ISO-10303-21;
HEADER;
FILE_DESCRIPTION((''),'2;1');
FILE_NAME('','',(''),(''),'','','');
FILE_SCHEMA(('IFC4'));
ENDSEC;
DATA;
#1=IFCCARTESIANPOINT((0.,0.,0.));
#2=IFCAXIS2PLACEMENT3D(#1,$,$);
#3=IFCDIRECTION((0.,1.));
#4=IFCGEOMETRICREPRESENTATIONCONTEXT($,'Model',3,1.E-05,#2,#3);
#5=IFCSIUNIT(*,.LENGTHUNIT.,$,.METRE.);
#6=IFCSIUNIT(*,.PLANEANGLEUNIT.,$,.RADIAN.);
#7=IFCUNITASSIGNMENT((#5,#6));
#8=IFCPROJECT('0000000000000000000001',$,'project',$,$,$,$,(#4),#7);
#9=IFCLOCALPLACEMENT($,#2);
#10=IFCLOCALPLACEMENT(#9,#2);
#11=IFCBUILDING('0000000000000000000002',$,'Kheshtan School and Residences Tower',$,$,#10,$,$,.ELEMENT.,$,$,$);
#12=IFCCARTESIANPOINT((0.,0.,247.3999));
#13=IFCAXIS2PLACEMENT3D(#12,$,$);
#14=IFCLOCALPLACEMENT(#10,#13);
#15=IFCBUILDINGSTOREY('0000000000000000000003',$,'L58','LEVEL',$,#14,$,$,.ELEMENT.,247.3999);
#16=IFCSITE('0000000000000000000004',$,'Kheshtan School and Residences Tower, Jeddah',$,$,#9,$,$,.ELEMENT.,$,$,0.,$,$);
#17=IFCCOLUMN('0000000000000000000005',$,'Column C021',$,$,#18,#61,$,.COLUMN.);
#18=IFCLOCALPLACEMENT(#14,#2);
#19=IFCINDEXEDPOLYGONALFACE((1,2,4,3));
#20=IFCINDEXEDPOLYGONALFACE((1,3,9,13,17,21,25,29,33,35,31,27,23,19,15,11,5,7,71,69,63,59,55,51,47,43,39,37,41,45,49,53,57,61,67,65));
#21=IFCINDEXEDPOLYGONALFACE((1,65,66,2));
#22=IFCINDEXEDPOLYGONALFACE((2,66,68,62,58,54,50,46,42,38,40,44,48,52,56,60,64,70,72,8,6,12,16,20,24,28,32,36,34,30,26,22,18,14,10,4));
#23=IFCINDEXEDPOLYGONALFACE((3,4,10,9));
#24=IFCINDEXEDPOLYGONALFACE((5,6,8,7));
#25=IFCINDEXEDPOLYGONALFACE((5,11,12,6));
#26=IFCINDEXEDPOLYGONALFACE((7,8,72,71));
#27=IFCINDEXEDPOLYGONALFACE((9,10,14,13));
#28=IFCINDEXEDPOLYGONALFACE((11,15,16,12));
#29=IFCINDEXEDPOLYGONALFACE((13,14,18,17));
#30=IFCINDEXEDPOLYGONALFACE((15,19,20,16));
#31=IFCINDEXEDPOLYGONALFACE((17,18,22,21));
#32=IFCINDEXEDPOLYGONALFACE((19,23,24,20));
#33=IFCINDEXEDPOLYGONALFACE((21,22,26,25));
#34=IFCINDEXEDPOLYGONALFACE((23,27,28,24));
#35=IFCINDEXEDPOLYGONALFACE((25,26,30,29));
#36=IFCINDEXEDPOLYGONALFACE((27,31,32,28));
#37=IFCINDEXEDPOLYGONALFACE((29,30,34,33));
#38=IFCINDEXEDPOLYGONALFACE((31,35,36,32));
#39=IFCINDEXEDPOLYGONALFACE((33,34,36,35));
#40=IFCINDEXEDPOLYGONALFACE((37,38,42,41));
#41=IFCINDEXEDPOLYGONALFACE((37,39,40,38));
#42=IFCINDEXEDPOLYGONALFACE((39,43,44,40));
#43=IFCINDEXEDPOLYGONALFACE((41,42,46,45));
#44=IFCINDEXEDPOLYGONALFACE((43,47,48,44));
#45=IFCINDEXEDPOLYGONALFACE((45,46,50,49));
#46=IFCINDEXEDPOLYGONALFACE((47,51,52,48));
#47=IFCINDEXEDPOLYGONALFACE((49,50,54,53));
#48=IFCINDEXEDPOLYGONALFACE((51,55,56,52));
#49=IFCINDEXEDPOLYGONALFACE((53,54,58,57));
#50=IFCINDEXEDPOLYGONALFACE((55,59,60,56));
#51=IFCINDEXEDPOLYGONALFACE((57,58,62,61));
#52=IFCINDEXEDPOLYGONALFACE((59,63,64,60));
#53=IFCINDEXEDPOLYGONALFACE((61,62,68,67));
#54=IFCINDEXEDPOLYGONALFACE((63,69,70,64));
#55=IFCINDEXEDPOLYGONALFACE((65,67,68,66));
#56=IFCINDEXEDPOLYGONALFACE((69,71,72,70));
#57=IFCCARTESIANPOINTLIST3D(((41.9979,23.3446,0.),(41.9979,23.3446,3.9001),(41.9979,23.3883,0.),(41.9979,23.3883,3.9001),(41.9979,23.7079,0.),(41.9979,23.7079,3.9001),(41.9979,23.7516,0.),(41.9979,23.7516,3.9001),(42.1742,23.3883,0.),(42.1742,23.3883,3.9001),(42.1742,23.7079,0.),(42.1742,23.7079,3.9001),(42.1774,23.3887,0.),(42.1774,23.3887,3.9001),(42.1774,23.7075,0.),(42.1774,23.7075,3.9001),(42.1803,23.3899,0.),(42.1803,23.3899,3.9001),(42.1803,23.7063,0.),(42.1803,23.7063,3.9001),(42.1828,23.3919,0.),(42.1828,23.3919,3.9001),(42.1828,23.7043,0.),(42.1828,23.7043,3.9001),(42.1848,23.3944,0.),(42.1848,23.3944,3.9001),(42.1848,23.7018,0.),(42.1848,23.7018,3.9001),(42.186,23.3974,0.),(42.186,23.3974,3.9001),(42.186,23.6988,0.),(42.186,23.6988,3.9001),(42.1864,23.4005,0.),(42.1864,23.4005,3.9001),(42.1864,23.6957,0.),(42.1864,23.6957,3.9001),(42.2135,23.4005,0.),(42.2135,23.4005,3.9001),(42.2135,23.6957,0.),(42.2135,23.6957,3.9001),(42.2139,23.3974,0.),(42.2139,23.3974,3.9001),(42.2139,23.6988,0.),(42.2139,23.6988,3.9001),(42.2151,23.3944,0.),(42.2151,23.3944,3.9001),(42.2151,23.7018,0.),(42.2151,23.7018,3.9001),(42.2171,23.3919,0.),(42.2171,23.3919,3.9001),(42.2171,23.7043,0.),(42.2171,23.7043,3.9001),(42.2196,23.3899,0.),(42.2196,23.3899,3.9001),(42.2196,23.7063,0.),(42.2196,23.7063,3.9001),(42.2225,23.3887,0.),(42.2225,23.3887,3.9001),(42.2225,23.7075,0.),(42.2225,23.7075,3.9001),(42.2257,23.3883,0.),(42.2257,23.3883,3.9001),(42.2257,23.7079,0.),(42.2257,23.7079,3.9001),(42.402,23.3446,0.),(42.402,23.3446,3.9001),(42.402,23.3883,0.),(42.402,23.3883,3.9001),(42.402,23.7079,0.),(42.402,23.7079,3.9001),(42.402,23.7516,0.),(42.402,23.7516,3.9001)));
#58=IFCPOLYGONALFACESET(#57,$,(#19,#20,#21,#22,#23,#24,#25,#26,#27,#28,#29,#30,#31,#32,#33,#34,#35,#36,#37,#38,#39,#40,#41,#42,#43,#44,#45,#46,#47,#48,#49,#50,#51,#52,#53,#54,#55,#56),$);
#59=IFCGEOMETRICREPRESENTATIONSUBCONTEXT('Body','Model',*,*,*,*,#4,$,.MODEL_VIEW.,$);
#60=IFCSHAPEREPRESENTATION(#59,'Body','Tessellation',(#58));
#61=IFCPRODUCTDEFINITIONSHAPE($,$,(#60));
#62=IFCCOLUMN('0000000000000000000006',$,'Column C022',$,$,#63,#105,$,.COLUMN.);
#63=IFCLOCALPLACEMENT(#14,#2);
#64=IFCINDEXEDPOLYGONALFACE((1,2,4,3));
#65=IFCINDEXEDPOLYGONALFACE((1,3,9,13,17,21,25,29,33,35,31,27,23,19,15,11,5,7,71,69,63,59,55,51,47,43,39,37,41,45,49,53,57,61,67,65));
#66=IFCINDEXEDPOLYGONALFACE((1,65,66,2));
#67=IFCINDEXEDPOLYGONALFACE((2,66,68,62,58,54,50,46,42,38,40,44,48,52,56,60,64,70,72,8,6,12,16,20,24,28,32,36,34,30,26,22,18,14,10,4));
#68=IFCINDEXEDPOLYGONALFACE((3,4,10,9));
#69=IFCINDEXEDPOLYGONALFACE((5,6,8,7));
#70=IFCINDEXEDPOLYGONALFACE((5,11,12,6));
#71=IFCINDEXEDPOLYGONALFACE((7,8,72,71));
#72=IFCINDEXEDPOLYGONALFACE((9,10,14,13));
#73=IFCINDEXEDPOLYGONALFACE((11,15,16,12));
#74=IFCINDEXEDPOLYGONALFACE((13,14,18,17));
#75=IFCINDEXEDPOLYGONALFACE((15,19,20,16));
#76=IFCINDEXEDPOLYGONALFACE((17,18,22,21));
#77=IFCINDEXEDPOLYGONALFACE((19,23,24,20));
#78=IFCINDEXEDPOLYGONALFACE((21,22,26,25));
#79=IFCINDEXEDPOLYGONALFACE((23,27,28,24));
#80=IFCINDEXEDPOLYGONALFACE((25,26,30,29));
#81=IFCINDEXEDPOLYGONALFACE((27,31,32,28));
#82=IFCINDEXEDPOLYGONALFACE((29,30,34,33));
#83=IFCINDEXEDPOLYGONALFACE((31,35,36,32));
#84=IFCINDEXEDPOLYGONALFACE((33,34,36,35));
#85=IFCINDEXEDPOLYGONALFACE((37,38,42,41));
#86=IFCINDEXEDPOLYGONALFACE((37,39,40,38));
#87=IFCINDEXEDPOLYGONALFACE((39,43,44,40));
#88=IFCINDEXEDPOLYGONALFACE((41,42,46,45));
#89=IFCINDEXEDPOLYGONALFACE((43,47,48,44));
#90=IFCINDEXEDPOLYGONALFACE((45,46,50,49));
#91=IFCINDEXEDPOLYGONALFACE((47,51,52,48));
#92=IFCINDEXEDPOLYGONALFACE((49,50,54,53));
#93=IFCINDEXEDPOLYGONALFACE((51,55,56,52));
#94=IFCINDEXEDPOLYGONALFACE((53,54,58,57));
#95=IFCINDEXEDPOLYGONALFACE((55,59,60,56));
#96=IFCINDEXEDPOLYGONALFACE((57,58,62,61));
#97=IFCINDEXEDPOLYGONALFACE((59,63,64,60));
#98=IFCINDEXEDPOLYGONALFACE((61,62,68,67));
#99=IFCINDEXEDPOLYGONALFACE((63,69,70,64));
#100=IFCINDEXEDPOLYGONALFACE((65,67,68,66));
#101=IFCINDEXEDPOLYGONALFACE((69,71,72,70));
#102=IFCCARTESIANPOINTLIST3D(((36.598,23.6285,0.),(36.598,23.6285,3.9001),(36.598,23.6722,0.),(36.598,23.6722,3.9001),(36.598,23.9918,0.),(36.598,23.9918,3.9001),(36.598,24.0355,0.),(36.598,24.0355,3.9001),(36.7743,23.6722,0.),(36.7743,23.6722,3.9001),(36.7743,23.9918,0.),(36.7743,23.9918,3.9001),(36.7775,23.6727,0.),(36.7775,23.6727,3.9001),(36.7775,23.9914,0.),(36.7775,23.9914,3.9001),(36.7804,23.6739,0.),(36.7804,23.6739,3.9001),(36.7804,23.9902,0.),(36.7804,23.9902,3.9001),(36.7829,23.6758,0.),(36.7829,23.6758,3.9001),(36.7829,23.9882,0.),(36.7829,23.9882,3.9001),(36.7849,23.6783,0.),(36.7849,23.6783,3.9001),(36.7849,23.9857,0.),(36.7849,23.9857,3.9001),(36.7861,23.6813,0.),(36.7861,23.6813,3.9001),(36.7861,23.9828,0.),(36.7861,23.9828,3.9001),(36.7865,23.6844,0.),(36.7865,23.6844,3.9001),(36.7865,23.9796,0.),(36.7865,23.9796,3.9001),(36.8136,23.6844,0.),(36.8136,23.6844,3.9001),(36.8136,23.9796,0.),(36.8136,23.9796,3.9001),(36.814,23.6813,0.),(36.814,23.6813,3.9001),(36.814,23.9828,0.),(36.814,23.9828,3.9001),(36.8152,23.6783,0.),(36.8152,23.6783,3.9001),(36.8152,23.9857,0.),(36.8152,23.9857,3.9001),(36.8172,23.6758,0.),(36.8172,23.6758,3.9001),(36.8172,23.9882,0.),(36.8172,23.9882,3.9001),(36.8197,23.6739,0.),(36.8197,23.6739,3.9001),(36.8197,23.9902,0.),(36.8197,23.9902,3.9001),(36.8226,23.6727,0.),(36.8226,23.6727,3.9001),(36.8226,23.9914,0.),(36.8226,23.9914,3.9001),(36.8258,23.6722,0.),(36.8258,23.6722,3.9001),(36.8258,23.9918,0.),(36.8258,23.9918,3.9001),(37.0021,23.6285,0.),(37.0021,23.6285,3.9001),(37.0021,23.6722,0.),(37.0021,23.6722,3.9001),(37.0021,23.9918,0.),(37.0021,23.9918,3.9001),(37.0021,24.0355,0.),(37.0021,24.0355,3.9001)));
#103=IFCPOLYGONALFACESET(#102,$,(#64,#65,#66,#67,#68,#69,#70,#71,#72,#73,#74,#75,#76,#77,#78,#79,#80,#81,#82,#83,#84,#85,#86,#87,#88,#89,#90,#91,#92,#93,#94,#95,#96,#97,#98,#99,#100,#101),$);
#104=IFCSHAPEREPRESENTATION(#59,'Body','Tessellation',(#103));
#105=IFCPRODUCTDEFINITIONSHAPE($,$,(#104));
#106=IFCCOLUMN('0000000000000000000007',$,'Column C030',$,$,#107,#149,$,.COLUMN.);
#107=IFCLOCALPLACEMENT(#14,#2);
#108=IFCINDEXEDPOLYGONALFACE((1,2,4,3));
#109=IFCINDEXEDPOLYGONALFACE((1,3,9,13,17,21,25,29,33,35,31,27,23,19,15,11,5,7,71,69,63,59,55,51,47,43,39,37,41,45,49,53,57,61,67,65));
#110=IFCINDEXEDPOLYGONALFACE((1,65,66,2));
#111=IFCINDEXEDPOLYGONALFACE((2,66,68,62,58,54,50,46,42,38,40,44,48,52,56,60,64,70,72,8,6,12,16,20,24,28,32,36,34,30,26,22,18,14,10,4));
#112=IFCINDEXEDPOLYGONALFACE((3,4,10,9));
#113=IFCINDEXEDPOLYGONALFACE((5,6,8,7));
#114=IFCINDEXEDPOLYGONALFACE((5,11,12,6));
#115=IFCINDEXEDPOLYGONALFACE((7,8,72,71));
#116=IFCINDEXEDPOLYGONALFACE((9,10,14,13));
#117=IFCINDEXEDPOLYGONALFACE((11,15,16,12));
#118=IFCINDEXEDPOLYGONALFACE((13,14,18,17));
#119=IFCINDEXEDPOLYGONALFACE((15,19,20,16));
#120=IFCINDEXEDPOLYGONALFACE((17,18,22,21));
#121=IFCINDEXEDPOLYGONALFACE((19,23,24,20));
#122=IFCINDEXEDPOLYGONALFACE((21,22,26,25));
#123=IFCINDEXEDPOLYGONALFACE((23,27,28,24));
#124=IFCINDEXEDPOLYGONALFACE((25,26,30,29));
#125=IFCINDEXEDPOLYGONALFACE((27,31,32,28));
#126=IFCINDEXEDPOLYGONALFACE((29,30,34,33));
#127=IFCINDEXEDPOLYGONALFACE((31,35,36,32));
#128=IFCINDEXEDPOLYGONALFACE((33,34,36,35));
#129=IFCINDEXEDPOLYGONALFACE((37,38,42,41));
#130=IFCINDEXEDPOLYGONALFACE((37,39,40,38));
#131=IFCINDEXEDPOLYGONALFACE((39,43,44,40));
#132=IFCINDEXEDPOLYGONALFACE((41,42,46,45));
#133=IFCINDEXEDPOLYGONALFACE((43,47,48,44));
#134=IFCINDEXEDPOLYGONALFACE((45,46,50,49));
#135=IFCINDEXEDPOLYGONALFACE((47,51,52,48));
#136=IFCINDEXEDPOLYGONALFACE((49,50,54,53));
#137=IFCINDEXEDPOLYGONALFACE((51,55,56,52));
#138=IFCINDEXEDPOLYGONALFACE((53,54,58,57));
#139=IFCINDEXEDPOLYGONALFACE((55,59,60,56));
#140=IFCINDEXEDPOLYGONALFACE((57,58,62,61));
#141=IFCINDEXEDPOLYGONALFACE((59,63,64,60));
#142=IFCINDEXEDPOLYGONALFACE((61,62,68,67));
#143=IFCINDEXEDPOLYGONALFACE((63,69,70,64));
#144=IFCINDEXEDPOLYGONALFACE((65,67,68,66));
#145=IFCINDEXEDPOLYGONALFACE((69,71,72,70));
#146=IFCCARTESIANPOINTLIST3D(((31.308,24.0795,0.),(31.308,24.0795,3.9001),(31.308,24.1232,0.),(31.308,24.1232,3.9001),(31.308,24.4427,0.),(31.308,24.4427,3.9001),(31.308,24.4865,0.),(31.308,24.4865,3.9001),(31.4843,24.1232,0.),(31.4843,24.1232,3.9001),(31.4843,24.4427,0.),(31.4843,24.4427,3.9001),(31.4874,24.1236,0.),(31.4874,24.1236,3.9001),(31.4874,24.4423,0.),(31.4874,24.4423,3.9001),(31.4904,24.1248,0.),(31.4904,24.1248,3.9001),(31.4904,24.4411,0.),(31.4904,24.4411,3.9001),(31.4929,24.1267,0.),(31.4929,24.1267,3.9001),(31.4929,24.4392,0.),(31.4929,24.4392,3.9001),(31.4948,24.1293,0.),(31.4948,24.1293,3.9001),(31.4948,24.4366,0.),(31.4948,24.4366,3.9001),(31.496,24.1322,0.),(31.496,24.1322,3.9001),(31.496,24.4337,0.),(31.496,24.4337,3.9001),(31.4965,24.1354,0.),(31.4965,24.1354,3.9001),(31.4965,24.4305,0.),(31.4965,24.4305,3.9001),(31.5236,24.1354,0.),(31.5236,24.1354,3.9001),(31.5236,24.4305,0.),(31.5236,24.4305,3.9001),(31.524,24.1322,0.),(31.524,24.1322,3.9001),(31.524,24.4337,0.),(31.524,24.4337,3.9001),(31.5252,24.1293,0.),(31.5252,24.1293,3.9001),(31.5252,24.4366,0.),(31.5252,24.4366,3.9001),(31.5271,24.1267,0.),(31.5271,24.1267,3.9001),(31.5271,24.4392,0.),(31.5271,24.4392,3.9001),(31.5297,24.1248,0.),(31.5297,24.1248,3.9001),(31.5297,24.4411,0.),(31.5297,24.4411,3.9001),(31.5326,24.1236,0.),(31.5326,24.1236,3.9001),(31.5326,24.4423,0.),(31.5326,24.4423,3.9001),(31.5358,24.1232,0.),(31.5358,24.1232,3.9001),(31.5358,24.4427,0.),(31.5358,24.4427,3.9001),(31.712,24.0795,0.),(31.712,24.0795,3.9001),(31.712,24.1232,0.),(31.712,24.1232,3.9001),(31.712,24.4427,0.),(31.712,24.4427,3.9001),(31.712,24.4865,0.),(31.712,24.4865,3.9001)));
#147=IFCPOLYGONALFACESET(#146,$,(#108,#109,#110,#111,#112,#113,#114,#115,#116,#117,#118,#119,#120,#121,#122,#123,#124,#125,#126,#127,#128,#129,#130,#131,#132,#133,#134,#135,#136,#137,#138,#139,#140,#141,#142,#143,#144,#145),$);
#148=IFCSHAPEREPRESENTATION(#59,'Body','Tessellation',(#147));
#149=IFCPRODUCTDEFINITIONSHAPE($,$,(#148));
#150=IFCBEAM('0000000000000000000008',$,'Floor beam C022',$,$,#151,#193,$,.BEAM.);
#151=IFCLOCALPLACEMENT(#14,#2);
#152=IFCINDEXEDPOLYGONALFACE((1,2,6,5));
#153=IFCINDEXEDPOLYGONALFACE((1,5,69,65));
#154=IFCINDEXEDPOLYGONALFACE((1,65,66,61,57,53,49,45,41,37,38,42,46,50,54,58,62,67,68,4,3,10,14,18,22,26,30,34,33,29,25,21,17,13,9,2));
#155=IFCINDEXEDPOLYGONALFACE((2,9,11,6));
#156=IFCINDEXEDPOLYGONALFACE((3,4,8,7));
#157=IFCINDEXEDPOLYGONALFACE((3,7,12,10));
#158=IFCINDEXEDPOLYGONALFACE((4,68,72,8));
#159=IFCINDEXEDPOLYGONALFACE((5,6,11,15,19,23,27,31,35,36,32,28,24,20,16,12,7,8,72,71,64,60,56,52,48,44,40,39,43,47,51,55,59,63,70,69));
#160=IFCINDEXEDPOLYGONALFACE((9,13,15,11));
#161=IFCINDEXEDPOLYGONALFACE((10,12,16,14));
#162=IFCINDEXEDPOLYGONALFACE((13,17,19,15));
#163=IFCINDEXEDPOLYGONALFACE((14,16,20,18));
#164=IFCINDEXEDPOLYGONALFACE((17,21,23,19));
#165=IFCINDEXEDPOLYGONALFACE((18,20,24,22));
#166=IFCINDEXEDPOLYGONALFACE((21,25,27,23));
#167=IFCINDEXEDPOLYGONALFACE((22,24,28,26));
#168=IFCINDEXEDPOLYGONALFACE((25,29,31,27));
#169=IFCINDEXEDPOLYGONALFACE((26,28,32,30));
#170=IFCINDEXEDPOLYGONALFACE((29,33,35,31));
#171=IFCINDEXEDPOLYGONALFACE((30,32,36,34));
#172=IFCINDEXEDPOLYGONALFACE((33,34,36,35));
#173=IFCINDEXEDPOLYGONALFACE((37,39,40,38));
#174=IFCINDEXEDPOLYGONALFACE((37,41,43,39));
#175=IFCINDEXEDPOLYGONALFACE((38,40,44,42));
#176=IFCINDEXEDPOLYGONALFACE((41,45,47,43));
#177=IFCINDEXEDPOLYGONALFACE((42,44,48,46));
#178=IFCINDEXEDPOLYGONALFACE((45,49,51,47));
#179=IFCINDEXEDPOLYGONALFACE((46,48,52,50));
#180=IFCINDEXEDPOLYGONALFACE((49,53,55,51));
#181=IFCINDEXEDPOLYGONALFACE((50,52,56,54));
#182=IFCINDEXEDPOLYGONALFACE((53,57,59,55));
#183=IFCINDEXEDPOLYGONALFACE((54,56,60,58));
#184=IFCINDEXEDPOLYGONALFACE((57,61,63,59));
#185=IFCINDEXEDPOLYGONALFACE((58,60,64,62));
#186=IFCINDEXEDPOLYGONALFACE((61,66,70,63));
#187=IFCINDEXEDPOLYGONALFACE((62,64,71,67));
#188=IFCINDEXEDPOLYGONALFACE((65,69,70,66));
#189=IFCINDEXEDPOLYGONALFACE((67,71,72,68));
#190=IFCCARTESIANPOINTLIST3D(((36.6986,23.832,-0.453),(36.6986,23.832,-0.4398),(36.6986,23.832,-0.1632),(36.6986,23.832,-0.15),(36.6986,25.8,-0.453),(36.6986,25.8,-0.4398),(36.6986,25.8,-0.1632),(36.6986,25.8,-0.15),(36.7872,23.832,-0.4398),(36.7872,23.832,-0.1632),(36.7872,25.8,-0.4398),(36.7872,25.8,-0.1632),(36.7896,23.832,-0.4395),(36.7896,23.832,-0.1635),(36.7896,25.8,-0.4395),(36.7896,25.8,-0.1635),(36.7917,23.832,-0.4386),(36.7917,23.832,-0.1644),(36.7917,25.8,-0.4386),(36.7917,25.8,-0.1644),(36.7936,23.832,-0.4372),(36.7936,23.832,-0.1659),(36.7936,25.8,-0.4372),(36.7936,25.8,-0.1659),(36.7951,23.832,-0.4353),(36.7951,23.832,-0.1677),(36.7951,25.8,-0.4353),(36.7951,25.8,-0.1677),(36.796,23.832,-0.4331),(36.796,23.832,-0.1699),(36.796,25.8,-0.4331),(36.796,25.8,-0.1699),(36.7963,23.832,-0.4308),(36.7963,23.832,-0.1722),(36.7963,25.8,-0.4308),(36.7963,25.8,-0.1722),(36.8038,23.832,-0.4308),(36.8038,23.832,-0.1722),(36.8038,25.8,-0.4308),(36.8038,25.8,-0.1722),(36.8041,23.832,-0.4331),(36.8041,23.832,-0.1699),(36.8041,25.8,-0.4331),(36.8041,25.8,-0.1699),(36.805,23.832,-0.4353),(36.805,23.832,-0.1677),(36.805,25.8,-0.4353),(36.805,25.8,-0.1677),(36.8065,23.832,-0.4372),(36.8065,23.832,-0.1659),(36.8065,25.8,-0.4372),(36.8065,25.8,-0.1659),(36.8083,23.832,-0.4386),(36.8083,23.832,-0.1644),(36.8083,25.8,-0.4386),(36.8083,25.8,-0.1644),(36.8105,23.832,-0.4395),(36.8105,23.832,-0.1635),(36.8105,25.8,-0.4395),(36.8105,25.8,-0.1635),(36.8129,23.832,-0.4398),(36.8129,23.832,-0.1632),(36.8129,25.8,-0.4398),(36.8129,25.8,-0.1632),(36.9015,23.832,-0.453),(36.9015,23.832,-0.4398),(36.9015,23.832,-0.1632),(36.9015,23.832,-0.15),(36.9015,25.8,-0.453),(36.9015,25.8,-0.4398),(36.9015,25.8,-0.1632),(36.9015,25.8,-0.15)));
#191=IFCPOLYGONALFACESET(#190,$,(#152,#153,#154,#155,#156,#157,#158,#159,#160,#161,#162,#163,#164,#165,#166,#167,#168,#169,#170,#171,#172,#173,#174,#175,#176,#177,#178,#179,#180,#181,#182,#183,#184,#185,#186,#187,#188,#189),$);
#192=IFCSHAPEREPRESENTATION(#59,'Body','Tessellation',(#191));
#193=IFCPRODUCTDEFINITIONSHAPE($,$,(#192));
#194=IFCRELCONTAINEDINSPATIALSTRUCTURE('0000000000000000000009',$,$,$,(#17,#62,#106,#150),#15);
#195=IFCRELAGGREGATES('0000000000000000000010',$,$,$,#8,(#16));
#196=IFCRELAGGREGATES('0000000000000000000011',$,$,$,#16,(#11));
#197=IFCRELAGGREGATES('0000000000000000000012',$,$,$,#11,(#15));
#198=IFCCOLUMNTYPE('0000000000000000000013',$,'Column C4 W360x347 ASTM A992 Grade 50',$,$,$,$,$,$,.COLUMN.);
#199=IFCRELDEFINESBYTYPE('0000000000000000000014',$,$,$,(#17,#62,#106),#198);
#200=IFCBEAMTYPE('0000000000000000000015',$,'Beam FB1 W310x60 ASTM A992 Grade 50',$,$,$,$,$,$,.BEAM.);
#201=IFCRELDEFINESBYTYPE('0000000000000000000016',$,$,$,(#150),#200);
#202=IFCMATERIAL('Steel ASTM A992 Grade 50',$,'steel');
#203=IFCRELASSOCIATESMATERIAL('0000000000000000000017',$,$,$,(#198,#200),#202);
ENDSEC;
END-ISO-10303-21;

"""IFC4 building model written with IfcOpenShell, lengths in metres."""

from ifc_helpers import new_model, si_unit, direction, frame, origin, origin_2d, place, context, subcontext, project, spatial, i_section, extrude, material, material_profile, profile_set, type_object, element, save


model = new_model("IFC4")

# Units and contexts
model_context = context("Model", 3, precision=1e-05, world=origin(), true_north=direction((0.0, 1.0)))
body_context = subcontext(model_context, "Body", "Model", "MODEL_VIEW")
ifc_project = project(units=[si_unit("LENGTHUNIT", "METRE"), si_unit("PLANEANGLEUNIT", "RADIAN")], contexts=[model_context])

# Site, building, storey
site_placement = place(None, origin())
site = spatial("IfcSite", under=ifc_project, at=site_placement, Name="Kheshtan School and Residences Tower, Jeddah", CompositionType="ELEMENT", RefElevation=0.0)
building_placement = place(site_placement, origin())
building = spatial("IfcBuilding", under=site, at=building_placement, Name="Kheshtan School and Residences Tower", CompositionType="ELEMENT")
storey_placement = place(building_placement, frame((0.0, 0.0, 247.3999)))
storey = spatial("IfcBuildingStorey", under=building, at=storey_placement, Name="L58", Description="LEVEL", CompositionType="ELEMENT", Elevation=247.3999)

# Columns
ifc_material_1 = material(Name="Steel ASTM A992 Grade 50", Category="steel")
ifc_material_profile_1 = material_profile(ifc_material_1, i_section(OverallWidth=0.4041, OverallDepth=0.407, WebThickness=0.0271, FlangeThickness=0.0437, FilletRadius=0.0122, at=origin_2d()), Name="W360x347")
ifc_profile_set_1 = profile_set([ifc_material_profile_1], Name="Steel ASTM A992 Grade 50")
column_type = type_object("IfcColumnType", Name="Column C4 W360x347 ASTM A992 Grade 50", PredefinedType="COLUMN", material=ifc_profile_set_1)
for number, where, z_axis, x_axis, name in (
    (1, (42.2, 23.5481, 0.0), (0.0, 0.0, 1.0), (1.0, 0.0, 0.0), "Column C021"),
    (2, (36.8, 23.832, 0.0), (0.0, 0.0, 1.0), (1.0, 0.0, 0.0), "Column C022"),
    (3, (31.51, 24.283, 0.0), (0.0, 0.0, 1.0), (1.0, 0.0, 0.0), "Column C030"),
):
    element("IfcColumn", number, at=place(storey_placement, frame(where, z_axis=z_axis, x_axis=x_axis)), inside=storey, type_object=column_type, Name=name, PredefinedType="COLUMN", context=body_context, shape_type="SweptSolid", body=[
        extrude(i_section(OverallWidth=0.4041, OverallDepth=0.407, WebThickness=0.0271, FlangeThickness=0.0437, FilletRadius=0.0122, at=origin_2d()), origin(), (0.0, 0.0, 1.0), 3.9001),
    ])

# Beam
ifc_material_profile_2 = material_profile(ifc_material_1, i_section(OverallWidth=0.2029, OverallDepth=0.303, WebThickness=0.0076, FlangeThickness=0.0132, FilletRadius=0.009, at=origin_2d()), Name="W310x60")
ifc_profile_set_2 = profile_set([ifc_material_profile_2], Name="Steel ASTM A992 Grade 50")
beam_type_1 = type_object("IfcBeamType", Name="Beam FB1 W310x60 ASTM A992 Grade 50", PredefinedType="BEAM", material=ifc_profile_set_2)
beam_1_placement = place(storey_placement, frame((36.8, 23.832, -0.3015), z_axis=(0.0, 1.0, 0.0), x_axis=(-1.0, 0.0, 0.0)))
element("IfcBeam", 4, at=beam_1_placement, inside=storey, type_object=beam_type_1, Name="Floor beam C022", PredefinedType="BEAM", context=body_context, shape_type="SweptSolid", body=[
    extrude(i_section(OverallWidth=0.2029, OverallDepth=0.303, WebThickness=0.0076, FlangeThickness=0.0132, FilletRadius=0.009, at=origin_2d()), origin(), (0.0, 0.0, 1.0), 1.968),
])

save(model, "model.ifc")
